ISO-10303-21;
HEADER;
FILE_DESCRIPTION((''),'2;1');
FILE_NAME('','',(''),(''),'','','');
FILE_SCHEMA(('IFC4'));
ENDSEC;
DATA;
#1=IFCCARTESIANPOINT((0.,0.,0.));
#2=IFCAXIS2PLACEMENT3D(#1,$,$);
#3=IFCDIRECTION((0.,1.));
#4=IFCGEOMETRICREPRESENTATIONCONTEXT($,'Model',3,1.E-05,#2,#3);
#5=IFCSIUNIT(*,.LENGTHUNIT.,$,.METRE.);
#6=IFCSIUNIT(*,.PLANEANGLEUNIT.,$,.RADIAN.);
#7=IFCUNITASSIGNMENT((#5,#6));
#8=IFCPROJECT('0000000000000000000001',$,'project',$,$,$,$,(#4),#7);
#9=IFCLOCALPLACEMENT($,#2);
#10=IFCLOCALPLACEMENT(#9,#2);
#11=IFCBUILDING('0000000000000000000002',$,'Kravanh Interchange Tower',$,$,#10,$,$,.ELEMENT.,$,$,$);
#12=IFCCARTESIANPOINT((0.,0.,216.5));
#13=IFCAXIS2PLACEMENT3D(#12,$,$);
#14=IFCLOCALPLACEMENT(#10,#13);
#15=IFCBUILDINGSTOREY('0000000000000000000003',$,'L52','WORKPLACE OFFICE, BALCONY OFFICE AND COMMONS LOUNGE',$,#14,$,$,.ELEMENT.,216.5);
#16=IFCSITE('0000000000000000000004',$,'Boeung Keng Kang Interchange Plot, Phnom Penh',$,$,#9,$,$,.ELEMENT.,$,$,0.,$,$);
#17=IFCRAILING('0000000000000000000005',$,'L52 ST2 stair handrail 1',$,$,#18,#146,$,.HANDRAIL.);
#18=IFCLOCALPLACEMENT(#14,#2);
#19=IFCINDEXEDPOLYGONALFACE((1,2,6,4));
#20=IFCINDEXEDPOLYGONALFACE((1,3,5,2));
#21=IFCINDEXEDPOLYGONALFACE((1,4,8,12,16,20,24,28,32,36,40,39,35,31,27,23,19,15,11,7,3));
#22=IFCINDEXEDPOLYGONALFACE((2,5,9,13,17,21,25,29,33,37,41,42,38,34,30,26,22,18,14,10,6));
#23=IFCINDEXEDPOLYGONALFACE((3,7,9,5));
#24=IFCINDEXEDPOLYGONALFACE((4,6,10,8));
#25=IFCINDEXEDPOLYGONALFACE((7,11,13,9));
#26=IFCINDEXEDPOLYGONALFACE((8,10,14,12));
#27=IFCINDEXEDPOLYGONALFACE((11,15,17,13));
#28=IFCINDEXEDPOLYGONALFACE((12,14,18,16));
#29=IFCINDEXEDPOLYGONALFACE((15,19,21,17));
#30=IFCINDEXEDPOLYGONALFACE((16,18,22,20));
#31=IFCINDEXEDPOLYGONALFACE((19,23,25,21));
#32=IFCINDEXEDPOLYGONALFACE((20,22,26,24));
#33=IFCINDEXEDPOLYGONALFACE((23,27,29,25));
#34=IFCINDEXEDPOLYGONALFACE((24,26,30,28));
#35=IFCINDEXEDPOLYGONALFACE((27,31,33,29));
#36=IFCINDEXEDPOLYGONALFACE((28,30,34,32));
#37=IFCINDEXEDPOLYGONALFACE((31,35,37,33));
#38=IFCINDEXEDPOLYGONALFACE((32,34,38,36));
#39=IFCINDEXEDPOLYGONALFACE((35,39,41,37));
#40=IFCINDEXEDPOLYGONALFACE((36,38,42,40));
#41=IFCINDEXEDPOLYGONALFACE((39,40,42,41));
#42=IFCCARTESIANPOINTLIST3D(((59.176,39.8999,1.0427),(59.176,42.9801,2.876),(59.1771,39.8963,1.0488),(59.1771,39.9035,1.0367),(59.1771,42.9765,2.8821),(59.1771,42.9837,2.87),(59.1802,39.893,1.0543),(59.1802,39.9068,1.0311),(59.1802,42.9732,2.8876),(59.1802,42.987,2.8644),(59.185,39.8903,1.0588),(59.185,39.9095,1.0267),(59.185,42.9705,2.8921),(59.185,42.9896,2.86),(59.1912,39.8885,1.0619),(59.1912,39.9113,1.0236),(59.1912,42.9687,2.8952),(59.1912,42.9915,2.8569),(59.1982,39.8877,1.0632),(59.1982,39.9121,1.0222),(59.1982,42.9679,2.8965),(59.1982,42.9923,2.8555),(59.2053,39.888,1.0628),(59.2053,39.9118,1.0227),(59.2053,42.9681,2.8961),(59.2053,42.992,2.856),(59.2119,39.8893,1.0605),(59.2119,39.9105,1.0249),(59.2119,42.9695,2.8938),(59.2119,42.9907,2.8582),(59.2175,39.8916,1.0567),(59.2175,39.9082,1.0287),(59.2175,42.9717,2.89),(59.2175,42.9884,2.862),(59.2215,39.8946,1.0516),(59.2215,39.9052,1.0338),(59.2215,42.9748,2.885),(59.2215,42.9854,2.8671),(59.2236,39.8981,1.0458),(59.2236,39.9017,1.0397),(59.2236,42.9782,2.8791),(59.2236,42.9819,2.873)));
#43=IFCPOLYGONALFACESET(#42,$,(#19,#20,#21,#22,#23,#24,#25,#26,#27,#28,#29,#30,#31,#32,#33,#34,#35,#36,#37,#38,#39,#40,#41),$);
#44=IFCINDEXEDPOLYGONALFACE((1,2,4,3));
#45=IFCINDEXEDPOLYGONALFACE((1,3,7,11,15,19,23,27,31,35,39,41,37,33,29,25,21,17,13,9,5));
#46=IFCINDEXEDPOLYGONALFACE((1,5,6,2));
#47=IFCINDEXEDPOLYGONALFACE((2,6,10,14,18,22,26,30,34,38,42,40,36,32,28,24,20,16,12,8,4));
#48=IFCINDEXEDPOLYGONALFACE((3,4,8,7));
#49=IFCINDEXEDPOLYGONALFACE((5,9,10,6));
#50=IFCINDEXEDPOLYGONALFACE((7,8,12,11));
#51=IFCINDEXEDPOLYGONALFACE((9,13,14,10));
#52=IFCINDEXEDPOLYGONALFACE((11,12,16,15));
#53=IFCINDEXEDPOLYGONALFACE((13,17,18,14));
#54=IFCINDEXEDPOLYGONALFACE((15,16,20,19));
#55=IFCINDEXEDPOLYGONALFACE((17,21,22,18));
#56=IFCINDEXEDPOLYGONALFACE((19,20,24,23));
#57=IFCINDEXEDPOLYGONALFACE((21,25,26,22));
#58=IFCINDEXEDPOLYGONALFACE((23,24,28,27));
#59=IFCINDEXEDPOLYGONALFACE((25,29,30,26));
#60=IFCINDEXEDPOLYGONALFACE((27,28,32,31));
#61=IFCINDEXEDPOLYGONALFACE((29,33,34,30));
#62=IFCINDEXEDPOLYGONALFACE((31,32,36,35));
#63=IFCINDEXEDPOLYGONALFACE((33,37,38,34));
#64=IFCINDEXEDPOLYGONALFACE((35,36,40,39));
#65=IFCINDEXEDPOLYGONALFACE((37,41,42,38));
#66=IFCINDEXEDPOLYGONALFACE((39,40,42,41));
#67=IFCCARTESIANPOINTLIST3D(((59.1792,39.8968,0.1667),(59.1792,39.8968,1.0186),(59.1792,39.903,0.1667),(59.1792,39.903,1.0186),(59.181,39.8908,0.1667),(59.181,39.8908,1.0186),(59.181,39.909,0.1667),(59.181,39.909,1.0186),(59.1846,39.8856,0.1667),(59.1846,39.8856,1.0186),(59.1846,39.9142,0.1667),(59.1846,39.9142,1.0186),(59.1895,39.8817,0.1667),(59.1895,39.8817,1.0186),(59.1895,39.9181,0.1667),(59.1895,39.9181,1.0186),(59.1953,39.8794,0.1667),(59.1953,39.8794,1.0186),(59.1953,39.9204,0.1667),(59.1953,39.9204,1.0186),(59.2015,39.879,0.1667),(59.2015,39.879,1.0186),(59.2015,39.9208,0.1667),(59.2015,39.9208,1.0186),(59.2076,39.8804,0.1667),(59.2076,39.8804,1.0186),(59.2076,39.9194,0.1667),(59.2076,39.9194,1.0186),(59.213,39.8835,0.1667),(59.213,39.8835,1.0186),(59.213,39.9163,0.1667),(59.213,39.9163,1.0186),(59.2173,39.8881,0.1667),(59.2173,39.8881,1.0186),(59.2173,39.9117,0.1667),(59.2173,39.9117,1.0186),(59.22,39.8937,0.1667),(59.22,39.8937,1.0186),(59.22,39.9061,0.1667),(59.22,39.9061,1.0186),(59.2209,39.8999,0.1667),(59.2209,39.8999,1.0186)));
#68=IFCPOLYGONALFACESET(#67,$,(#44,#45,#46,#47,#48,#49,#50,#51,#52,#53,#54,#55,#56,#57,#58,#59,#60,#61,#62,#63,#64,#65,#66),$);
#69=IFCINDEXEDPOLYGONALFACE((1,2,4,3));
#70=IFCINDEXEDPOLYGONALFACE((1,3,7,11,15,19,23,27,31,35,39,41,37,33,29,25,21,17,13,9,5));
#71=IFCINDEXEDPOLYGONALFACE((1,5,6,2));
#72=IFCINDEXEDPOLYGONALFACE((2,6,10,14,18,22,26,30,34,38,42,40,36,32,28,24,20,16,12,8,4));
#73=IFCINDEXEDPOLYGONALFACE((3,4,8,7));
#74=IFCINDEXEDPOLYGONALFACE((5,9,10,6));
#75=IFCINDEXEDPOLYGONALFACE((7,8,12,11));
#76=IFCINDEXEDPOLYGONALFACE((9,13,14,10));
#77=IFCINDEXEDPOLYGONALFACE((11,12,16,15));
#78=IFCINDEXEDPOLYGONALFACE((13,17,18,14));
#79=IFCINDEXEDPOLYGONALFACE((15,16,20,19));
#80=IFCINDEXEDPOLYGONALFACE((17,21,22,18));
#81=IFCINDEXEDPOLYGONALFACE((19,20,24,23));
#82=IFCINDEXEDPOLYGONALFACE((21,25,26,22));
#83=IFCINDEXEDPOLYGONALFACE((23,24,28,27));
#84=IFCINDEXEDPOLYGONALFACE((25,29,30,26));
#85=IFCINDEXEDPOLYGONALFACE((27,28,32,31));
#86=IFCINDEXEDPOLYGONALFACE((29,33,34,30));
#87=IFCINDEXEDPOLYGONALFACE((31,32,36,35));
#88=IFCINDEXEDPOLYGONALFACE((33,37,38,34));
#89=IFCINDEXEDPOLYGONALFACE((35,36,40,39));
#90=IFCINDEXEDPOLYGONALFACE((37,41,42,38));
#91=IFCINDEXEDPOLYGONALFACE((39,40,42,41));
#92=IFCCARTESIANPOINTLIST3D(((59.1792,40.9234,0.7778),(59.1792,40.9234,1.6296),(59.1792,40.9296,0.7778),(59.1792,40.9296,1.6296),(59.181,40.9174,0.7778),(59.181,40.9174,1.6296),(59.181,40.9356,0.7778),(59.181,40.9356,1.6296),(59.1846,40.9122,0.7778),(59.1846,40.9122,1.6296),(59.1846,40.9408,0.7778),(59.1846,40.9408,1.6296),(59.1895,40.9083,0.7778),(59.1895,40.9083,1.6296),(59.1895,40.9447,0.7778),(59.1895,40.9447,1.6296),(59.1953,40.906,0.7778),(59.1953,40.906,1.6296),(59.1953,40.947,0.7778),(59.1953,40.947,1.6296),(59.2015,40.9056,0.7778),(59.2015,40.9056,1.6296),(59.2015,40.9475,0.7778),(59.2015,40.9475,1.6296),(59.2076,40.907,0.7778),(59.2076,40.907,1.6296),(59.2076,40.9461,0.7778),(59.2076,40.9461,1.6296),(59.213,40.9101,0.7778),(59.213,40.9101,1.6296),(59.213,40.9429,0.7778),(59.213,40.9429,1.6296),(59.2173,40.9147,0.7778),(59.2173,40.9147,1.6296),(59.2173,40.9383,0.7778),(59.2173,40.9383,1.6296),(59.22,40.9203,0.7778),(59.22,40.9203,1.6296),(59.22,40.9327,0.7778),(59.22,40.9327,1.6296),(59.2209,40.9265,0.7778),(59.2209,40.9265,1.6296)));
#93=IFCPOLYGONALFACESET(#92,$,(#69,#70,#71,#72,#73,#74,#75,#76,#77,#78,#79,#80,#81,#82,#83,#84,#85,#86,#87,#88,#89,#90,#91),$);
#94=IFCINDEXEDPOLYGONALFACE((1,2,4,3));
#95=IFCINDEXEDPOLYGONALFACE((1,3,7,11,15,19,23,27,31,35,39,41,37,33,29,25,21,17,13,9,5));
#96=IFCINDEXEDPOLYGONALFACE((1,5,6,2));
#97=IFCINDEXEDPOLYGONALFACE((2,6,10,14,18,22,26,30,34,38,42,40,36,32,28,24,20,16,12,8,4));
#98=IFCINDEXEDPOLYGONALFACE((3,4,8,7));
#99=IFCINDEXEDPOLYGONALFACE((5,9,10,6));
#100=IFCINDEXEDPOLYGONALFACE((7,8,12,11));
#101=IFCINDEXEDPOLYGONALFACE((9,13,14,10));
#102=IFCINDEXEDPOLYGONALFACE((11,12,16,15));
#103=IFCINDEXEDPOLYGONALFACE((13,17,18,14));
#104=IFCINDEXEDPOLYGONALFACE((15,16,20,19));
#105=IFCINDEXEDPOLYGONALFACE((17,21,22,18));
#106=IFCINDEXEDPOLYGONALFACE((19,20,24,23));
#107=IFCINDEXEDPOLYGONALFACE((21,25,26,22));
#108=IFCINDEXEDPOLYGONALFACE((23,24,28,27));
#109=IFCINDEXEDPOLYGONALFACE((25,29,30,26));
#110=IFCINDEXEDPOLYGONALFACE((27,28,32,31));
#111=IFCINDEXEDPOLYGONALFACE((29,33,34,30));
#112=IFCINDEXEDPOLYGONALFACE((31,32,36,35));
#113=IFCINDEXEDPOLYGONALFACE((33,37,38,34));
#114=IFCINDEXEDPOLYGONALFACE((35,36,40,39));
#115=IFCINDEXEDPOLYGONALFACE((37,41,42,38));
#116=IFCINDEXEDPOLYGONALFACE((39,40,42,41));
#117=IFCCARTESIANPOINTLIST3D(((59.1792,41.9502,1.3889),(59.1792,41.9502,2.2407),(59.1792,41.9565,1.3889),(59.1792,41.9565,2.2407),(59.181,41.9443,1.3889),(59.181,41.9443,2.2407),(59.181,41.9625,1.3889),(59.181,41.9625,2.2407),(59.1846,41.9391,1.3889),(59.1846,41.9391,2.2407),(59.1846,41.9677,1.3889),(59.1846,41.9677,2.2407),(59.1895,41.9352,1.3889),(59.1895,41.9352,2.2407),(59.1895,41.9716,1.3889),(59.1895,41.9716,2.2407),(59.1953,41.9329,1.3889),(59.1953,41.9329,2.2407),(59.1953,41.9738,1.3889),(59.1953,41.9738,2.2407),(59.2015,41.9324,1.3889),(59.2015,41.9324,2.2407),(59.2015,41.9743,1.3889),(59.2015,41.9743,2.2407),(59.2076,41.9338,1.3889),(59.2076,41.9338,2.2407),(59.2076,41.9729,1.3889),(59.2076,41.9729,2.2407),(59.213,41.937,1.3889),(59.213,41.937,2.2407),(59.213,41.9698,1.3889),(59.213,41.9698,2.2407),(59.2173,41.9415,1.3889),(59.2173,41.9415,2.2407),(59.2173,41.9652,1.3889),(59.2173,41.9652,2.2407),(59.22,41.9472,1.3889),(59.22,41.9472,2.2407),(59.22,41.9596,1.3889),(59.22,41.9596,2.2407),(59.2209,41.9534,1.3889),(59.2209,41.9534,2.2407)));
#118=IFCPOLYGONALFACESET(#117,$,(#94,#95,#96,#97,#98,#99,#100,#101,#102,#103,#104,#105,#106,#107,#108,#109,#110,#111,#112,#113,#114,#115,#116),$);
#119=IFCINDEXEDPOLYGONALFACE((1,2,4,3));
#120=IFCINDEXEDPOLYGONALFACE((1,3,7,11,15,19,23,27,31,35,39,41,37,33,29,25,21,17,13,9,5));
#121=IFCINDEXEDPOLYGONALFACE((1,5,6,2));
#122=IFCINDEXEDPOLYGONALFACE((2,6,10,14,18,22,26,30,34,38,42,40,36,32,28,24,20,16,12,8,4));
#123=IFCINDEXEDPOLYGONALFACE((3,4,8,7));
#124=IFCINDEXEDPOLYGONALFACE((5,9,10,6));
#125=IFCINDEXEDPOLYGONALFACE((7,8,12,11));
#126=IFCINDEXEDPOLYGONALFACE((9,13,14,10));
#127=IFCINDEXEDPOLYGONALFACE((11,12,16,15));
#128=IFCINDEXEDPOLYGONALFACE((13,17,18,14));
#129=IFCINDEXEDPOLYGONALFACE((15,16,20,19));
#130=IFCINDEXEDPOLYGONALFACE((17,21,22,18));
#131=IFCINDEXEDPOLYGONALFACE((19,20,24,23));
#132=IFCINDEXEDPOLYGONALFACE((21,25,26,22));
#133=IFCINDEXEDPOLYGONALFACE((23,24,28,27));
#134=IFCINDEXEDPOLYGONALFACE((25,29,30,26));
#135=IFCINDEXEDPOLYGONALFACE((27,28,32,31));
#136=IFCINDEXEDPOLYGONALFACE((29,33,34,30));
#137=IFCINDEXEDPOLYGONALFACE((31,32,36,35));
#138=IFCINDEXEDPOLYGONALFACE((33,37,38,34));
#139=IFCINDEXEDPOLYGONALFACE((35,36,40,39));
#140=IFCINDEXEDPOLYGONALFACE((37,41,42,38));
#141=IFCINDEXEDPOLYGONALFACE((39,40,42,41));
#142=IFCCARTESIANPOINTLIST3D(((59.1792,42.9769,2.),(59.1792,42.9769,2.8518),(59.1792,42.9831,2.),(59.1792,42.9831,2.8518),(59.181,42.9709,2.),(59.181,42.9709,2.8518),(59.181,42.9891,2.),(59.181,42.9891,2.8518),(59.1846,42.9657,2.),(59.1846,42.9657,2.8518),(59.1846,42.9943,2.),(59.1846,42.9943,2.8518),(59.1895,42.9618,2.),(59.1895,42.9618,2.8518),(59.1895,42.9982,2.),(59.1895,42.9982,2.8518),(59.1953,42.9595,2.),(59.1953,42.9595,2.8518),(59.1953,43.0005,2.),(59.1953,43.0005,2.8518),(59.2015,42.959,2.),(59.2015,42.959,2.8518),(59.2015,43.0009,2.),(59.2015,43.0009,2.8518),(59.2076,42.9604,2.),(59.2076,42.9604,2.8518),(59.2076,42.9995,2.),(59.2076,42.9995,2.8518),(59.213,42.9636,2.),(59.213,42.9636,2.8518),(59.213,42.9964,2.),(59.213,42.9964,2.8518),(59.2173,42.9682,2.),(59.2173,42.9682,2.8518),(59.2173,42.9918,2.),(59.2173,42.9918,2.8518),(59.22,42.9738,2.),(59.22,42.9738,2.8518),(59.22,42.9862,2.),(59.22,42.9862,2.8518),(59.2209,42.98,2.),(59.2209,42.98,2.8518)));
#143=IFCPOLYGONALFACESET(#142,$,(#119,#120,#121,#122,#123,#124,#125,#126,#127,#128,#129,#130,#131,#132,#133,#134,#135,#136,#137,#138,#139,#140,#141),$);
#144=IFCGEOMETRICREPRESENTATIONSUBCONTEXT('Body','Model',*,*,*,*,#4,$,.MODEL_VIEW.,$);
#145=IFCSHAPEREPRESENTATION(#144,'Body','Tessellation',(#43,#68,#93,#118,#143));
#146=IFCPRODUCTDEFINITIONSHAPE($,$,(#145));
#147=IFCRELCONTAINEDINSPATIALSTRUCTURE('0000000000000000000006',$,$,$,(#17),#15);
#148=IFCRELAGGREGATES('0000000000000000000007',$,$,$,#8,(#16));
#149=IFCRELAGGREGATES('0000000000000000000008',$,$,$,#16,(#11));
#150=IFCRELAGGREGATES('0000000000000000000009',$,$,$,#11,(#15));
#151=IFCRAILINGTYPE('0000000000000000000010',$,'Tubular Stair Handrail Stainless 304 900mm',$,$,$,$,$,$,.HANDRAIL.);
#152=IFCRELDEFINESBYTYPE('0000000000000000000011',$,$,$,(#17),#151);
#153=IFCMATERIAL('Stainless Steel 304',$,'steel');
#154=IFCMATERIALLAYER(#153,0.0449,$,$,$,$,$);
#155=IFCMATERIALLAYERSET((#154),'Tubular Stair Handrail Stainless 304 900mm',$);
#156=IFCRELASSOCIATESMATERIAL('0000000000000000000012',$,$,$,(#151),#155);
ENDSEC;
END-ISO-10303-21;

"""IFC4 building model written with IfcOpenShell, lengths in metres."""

from ifc_helpers import new_model, si_unit, direction, frame, origin, origin_2d, place, context, subcontext, project, spatial, circle, extrude, material, layer, layer_set, type_object, element, save


model = new_model("IFC4")

# Units and contexts
model_context = context("Model", 3, precision=1e-05, world=origin(), true_north=direction((0.0, 1.0)))
body_context = subcontext(model_context, "Body", "Model", "MODEL_VIEW")
ifc_project = project(units=[si_unit("LENGTHUNIT", "METRE"), si_unit("PLANEANGLEUNIT", "RADIAN")], contexts=[model_context])

# Site, building, storey
site_placement = place(None, origin())
site = spatial("IfcSite", under=ifc_project, at=site_placement, Name="Boeung Keng Kang Interchange Plot, Phnom Penh", CompositionType="ELEMENT", RefElevation=0.0)
building_placement = place(site_placement, origin())
building = spatial("IfcBuilding", under=site, at=building_placement, Name="Kravanh Interchange Tower", CompositionType="ELEMENT")
storey_placement = place(building_placement, frame((0.0, 0.0, 216.5)))
storey = spatial("IfcBuildingStorey", under=building, at=storey_placement, Name="L52", Description="WORKPLACE OFFICE, BALCONY OFFICE AND COMMONS LOUNGE", CompositionType="ELEMENT", Elevation=216.5)

# Railing
ifc_material_1 = material(Name="Stainless Steel 304", Category="steel")
ifc_layer_1 = layer(ifc_material_1, 0.0449)
ifc_layer_set_1 = layer_set([ifc_layer_1], Name="Tubular Stair Handrail Stainless 304 900mm")
railing_type_1 = type_object("IfcRailingType", Name="Tubular Stair Handrail Stainless 304 900mm", PredefinedType="HANDRAIL", material=ifc_layer_set_1)
railing_1_placement = place(storey_placement, frame((59.2, 39.8999, 0.1667)))
element("IfcRailing", 1, at=railing_1_placement, inside=storey, type_object=railing_type_1, Name="L52 ST2 stair handrail 1", PredefinedType="HANDRAIL", context=body_context, shape_type="SweptSolid", body=[
    extrude(circle(Radius=0.0239, at=origin_2d()), frame((0.0, 0.0, 0.876), z_axis=(0.0, 0.859309, 0.511458), x_axis=(-1.0, 0.0, 0.0)), (0.0, 0.0, 1.0), 3.5845),
    extrude(circle(Radius=0.021, at=origin_2d()), origin(), (0.0, 0.0, 1.0), 0.8518),
    extrude(circle(Radius=0.021, at=origin_2d()), frame((0.0, 1.0266, 0.6111)), (0.0, 0.0, 1.0), 0.8518),
    extrude(circle(Radius=0.021, at=origin_2d()), frame((0.0, 2.0535, 1.2222)), (0.0, 0.0, 1.0), 0.8518),
    extrude(circle(Radius=0.021, at=origin_2d()), frame((0.0, 3.0801, 1.8333)), (0.0, 0.0, 1.0), 0.8518),
])

save(model, "model.ifc")
